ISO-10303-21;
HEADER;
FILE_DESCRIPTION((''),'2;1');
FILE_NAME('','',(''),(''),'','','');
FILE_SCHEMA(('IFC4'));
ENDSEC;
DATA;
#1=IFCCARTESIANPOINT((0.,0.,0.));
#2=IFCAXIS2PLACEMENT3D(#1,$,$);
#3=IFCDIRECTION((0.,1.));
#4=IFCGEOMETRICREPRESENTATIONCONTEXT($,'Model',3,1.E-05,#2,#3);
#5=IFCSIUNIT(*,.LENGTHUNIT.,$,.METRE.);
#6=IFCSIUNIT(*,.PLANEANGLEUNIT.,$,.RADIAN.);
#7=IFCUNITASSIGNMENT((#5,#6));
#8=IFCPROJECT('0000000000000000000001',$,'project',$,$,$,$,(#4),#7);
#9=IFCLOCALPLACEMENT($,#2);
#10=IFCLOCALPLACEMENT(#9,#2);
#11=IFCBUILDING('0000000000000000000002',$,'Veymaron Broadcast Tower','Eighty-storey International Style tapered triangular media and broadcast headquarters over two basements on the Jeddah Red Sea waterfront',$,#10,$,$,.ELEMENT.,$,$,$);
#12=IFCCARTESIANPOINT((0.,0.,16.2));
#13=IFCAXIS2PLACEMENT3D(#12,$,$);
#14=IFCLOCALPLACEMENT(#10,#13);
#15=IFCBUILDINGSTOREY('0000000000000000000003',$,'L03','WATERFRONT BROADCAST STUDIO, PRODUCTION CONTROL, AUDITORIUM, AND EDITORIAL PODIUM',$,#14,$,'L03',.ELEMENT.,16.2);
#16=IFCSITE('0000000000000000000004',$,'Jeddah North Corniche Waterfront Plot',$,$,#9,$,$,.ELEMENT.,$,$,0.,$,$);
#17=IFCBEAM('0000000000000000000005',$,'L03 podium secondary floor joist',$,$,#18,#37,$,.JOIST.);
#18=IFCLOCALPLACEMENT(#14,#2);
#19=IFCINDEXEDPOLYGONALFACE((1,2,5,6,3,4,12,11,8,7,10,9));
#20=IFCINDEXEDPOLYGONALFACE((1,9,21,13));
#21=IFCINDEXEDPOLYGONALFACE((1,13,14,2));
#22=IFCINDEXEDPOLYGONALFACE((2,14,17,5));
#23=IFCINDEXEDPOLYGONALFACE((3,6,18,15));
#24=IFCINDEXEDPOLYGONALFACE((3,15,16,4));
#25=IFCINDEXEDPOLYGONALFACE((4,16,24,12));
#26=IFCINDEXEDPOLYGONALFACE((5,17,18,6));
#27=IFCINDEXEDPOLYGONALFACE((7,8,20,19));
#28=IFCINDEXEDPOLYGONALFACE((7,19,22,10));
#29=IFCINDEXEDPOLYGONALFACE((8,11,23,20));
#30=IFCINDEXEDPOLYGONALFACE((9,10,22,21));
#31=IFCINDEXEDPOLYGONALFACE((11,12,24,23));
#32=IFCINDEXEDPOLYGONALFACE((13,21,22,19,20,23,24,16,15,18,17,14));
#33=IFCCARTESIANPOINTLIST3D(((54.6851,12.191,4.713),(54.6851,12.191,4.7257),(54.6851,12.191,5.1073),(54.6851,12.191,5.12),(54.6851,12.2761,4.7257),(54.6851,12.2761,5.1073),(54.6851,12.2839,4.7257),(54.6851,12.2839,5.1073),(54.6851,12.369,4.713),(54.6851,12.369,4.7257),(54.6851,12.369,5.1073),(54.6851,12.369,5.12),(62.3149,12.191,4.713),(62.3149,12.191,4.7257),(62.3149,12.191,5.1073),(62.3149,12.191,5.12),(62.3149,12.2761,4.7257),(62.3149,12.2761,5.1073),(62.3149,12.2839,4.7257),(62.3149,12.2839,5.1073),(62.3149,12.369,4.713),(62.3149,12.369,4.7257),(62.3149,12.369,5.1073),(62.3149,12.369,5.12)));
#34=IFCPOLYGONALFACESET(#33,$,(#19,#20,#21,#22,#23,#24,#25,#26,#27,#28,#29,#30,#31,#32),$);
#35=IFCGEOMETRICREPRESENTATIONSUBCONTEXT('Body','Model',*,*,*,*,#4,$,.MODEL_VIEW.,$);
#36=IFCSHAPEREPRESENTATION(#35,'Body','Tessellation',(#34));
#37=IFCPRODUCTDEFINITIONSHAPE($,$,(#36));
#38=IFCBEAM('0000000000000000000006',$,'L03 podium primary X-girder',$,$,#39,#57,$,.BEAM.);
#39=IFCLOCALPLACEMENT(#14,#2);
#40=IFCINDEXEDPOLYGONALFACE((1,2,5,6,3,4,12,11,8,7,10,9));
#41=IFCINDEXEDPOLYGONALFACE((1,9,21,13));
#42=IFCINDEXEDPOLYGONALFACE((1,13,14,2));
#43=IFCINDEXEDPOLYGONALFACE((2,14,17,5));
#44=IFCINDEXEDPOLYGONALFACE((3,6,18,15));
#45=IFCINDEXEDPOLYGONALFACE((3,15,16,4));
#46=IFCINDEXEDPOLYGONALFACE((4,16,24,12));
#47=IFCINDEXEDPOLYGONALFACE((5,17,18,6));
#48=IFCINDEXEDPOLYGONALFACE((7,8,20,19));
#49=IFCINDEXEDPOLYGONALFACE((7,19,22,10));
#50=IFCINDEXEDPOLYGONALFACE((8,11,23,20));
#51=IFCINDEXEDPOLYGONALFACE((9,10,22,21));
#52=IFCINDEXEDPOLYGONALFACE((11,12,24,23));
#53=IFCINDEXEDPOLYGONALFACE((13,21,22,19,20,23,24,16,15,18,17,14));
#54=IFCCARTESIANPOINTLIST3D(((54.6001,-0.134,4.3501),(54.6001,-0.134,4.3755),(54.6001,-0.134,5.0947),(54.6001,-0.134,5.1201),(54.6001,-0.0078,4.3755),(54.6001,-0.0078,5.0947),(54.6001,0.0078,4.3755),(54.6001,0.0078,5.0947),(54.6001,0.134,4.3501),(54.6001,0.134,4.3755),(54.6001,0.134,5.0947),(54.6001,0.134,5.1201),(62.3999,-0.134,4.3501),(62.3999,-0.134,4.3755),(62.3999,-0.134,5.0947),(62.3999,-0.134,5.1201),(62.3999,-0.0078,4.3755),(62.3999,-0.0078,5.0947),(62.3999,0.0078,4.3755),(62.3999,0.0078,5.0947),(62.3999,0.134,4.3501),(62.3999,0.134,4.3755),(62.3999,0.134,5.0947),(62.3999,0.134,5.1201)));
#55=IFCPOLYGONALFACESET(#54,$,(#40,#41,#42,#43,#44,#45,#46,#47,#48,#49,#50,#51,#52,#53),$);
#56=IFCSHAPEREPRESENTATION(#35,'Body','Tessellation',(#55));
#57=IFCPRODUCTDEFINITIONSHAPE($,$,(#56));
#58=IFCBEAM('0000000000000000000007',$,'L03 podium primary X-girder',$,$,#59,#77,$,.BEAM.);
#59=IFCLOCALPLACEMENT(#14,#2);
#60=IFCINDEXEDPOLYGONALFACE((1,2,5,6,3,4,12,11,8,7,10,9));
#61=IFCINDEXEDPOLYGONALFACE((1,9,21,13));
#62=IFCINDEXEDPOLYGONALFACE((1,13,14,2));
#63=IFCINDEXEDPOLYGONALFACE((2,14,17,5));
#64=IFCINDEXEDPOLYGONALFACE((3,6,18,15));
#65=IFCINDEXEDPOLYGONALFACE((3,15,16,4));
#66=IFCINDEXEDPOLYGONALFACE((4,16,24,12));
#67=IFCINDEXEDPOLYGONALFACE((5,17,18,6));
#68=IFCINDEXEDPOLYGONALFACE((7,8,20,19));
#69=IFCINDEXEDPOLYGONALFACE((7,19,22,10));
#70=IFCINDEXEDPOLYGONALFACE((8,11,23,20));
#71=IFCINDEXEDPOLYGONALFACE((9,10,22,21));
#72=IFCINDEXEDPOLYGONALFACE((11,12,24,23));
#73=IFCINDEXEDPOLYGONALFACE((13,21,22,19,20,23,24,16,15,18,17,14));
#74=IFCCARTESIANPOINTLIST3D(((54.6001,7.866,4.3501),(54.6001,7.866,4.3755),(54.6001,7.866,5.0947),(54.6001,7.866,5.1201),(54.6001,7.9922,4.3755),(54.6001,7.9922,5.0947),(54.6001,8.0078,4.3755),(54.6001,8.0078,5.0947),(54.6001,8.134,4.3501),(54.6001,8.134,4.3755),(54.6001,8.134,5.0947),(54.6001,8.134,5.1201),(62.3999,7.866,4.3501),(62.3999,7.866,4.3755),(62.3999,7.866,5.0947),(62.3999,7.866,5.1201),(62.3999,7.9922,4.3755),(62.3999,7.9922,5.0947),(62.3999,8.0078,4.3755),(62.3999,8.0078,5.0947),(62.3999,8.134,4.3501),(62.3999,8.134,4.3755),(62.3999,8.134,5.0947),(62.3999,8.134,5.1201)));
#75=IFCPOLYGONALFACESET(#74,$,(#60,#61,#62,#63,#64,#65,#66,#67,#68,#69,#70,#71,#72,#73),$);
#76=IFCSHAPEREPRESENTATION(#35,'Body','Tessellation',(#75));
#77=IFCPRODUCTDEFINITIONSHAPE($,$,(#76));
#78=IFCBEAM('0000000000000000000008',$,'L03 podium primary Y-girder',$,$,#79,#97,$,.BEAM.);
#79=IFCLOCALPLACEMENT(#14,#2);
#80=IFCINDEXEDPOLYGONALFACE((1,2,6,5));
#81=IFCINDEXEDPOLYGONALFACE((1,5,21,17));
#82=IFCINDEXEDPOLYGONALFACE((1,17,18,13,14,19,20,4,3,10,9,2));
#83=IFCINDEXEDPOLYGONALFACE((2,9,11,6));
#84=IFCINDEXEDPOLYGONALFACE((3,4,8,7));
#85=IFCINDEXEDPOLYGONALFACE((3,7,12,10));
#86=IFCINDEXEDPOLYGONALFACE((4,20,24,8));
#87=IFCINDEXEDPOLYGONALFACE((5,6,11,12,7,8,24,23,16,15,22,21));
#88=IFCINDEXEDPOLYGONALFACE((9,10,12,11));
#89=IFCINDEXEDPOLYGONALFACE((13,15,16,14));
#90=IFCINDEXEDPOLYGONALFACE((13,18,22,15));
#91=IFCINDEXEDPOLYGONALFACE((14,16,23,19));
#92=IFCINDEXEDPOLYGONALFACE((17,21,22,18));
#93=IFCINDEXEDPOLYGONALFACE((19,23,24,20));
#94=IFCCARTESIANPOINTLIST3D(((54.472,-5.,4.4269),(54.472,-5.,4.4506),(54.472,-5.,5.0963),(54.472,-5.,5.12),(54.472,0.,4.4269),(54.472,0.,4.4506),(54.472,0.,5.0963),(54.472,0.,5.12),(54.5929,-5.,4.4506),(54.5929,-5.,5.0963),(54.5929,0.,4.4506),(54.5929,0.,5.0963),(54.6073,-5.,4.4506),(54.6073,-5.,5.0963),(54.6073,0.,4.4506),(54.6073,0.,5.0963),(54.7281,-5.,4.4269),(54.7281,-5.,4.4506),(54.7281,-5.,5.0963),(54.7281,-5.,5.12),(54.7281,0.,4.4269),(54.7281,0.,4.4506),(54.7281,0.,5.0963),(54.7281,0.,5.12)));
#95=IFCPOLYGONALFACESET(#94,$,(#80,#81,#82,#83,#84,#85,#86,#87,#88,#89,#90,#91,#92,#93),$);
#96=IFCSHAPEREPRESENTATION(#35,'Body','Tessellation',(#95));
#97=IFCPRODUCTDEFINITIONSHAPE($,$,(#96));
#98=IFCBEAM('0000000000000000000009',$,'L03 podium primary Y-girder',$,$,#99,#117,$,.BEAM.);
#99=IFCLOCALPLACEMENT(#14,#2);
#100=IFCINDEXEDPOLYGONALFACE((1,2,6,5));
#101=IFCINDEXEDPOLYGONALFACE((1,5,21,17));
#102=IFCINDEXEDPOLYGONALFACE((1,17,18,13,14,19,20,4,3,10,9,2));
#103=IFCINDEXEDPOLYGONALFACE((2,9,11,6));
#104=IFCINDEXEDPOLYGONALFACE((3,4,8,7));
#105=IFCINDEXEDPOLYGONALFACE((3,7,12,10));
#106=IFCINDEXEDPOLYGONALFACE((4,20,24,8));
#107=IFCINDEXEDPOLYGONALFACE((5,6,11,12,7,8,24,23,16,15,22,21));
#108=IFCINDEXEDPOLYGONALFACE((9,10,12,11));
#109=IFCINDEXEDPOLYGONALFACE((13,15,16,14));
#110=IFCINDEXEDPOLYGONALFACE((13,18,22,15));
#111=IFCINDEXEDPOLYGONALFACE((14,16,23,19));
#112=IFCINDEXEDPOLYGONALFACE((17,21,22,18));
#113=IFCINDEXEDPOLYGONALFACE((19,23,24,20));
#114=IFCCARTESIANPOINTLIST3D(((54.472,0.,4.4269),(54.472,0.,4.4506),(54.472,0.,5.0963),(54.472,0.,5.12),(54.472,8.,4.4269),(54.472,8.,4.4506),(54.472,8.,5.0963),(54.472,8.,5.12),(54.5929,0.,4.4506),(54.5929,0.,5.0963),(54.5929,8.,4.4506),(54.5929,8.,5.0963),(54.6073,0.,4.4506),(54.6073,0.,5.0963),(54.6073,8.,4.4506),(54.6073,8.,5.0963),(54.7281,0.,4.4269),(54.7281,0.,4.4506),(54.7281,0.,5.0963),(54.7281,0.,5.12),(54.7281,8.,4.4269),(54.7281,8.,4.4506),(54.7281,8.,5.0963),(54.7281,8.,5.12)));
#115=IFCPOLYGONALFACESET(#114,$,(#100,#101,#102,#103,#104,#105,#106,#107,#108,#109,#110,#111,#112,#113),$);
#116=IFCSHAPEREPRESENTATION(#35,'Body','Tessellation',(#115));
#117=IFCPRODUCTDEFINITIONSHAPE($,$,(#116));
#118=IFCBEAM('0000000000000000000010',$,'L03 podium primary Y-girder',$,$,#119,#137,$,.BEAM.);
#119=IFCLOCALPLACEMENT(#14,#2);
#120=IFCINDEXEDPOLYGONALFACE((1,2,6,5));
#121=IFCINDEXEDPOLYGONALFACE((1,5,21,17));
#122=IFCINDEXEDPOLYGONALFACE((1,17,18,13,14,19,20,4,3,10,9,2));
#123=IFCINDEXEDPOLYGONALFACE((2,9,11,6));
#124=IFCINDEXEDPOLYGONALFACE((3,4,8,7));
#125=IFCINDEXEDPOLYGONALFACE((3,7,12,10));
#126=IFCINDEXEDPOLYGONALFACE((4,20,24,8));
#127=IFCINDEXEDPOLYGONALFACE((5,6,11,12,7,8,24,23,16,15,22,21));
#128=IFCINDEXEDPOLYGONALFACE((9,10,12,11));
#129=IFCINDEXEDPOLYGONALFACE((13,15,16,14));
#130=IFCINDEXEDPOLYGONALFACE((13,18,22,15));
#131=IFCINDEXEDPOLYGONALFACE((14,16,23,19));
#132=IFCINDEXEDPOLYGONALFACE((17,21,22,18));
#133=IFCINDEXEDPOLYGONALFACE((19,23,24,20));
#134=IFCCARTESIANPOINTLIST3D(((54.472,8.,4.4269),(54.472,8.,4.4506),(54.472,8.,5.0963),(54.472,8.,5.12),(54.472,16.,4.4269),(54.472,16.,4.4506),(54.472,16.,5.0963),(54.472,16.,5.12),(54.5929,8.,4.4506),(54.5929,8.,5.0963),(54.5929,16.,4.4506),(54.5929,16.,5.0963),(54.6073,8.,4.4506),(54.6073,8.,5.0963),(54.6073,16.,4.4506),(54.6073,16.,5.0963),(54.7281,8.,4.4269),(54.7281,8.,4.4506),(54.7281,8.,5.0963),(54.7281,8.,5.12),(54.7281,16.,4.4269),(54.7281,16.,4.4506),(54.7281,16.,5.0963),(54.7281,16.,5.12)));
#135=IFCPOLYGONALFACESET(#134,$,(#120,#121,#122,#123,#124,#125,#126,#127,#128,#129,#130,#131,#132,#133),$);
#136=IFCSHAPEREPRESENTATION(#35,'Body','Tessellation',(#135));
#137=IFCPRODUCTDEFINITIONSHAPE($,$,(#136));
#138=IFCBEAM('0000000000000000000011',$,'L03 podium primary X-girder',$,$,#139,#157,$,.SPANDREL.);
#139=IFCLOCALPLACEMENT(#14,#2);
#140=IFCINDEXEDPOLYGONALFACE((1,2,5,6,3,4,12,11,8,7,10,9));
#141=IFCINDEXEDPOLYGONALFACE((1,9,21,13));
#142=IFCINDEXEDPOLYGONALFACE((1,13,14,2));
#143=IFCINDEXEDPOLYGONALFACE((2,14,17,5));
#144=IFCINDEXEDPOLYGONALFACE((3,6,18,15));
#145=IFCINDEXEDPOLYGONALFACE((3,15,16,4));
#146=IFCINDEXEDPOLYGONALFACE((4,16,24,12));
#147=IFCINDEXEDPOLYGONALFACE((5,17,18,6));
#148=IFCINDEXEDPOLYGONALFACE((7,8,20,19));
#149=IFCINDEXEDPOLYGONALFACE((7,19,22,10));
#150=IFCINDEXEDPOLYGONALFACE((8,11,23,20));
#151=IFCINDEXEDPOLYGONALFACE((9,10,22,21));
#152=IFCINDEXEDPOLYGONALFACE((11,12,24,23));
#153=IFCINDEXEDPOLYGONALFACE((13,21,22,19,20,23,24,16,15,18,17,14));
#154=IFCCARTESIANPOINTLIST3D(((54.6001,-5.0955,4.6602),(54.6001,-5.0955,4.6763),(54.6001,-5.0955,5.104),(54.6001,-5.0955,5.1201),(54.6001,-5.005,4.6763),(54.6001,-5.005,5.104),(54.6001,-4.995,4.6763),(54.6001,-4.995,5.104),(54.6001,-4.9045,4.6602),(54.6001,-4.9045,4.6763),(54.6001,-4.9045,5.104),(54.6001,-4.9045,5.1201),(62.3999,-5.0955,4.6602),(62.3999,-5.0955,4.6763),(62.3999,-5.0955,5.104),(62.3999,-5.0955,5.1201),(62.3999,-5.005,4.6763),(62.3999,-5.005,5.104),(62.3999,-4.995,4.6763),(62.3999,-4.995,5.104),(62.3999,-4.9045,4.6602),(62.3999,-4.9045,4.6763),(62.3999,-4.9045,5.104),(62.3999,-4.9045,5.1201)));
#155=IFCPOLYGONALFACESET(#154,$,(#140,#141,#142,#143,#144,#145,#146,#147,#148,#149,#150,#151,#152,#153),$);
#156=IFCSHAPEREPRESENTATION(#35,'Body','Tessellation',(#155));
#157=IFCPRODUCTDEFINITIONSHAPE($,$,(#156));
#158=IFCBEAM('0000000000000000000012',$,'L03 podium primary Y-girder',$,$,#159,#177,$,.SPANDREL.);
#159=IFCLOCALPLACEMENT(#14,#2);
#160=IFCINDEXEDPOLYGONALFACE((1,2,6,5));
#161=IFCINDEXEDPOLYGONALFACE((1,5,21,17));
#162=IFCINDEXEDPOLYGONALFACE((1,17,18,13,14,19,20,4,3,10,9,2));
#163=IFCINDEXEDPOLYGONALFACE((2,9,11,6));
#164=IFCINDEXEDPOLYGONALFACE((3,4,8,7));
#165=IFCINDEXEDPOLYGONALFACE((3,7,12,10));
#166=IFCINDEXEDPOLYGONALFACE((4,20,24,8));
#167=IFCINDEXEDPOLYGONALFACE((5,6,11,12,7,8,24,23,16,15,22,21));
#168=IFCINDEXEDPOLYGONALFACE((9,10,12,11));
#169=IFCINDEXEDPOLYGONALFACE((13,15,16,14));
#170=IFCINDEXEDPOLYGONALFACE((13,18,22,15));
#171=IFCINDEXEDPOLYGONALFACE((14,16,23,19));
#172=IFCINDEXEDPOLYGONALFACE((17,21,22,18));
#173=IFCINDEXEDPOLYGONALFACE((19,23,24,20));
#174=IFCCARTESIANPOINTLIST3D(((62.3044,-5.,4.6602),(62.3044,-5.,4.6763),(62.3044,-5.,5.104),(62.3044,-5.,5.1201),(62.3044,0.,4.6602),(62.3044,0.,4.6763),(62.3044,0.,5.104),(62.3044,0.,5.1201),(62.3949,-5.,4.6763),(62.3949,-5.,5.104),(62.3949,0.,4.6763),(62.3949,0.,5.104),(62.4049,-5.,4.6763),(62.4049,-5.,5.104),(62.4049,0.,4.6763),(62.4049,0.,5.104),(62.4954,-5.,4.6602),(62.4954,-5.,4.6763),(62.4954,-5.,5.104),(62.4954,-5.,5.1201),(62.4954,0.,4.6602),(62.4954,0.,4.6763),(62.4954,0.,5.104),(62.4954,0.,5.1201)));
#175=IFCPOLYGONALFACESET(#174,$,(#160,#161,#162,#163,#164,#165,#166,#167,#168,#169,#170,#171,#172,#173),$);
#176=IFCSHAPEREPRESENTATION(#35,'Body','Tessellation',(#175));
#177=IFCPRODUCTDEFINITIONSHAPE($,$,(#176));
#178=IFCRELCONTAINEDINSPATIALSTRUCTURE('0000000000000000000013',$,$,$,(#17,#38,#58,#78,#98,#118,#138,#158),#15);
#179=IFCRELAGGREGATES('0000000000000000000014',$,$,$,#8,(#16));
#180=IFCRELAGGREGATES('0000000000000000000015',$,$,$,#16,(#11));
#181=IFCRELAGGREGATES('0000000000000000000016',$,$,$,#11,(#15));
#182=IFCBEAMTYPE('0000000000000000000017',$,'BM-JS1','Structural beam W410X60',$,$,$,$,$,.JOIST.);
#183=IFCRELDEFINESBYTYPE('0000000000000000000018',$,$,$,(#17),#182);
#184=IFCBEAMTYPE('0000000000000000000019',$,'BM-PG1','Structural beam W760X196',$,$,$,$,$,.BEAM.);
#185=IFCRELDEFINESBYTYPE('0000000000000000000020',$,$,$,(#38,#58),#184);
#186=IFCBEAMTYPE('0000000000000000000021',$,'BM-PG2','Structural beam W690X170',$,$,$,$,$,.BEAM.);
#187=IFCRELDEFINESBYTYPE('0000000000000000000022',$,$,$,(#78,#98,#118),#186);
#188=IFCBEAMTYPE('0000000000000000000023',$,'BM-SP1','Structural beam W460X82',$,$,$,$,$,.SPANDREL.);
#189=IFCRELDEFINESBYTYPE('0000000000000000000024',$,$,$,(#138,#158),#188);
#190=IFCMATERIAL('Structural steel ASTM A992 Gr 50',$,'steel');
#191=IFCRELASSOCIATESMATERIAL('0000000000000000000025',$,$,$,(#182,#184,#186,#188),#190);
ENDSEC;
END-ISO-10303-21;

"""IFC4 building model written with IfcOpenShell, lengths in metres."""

from ifc_helpers import new_model, si_unit, direction, frame, origin, origin_2d, place, context, subcontext, project, spatial, i_section, extrude, material, material_profile, profile_set, type_object, element, save


model = new_model("IFC4")

# Units and contexts
model_context = context("Model", 3, precision=1e-05, world=origin(), true_north=direction((0.0, 1.0)))
body_context = subcontext(model_context, "Body", "Model", "MODEL_VIEW")
ifc_project = project(units=[si_unit("LENGTHUNIT", "METRE"), si_unit("PLANEANGLEUNIT", "RADIAN")], contexts=[model_context])

# Site, building, storey
site_placement = place(None, origin())
site = spatial("IfcSite", under=ifc_project, at=site_placement, Name="Jeddah North Corniche Waterfront Plot", CompositionType="ELEMENT", RefElevation=0.0)
building_placement = place(site_placement, origin())
building = spatial("IfcBuilding", under=site, at=building_placement, Name="Veymaron Broadcast Tower", Description="Eighty-storey International Style tapered triangular media and broadcast headquarters over two basements on the Jeddah Red Sea waterfront", CompositionType="ELEMENT")
storey_placement = place(building_placement, frame((0.0, 0.0, 16.2)))
storey = spatial("IfcBuildingStorey", under=building, at=storey_placement, Name="L03", Description="WATERFRONT BROADCAST STUDIO, PRODUCTION CONTROL, AUDITORIUM, AND EDITORIAL PODIUM", LongName="L03", CompositionType="ELEMENT", Elevation=16.2)

# Beams
ifc_material_1 = material(Name="Structural steel ASTM A992 Gr 50", Category="steel")
ifc_material_profile_1 = material_profile(ifc_material_1, i_section(OverallWidth=0.178, OverallDepth=0.407, WebThickness=0.0078, FlangeThickness=0.0127, at=origin_2d()), Name="W410X60")
ifc_profile_set_1 = profile_set([ifc_material_profile_1], Name="Structural steel ASTM A992 Gr 50")
beam_type_1 = type_object("IfcBeamType", Name="BM-JS1", Description="Structural beam W410X60", PredefinedType="JOIST", material=ifc_profile_set_1)
for number, where, z_axis, x_axis, name in (
    (1, (54.6851, 12.28, 4.9165), (1.0, 0.0, 0.0), (0.0, 1.0, 0.0), "L03 podium secondary floor joist"),
):
    element("IfcBeam", number, at=place(storey_placement, frame(where, z_axis=z_axis, x_axis=x_axis)), inside=storey, type_object=beam_type_1, Name=name, PredefinedType="JOIST", context=body_context, shape_type="SweptSolid", body=[
        extrude(i_section(OverallWidth=0.178, OverallDepth=0.407, WebThickness=0.0078, FlangeThickness=0.0127, at=origin_2d()), origin(), (0.0, 0.0, 1.0), 7.6299),
    ])
ifc_material_profile_2 = material_profile(ifc_material_1, i_section(OverallWidth=0.2681, OverallDepth=0.77, WebThickness=0.0156, FlangeThickness=0.0254, at=origin_2d()), Name="W760X196")
ifc_profile_set_2 = profile_set([ifc_material_profile_2], Name="Structural steel ASTM A992 Gr 50")
beam_type_2 = type_object("IfcBeamType", Name="BM-PG1", Description="Structural beam W760X196", PredefinedType="BEAM", material=ifc_profile_set_2)
for number, where, z_axis, x_axis, name in (
    (2, (54.6001, 0.0, 4.7351), (1.0, 0.0, 0.0), (0.0, 1.0, 0.0), "L03 podium primary X-girder"),
    (3, (54.6001, 8.0, 4.7351), (1.0, 0.0, 0.0), (0.0, 1.0, 0.0), "L03 podium primary X-girder"),
):
    element("IfcBeam", number, at=place(storey_placement, frame(where, z_axis=z_axis, x_axis=x_axis)), inside=storey, type_object=beam_type_2, Name=name, PredefinedType="BEAM", context=body_context, shape_type="SweptSolid", body=[
        extrude(i_section(OverallWidth=0.2681, OverallDepth=0.77, WebThickness=0.0156, FlangeThickness=0.0254, at=origin_2d()), origin(), (0.0, 0.0, 1.0), 7.7998),
    ])
ifc_material_profile_3 = material_profile(ifc_material_1, i_section(OverallWidth=0.2561, OverallDepth=0.6931, WebThickness=0.0144, FlangeThickness=0.0237, at=origin_2d()), Name="W690X170")
ifc_profile_set_3 = profile_set([ifc_material_profile_3], Name="Structural steel ASTM A992 Gr 50")
beam_type_3 = type_object("IfcBeamType", Name="BM-PG2", Description="Structural beam W690X170", PredefinedType="BEAM", material=ifc_profile_set_3)
beam_1_placement = place(storey_placement, frame((54.6001, -5.0, 4.7734), z_axis=(0.0, 1.0, 0.0), x_axis=(-1.0, 0.0, 0.0)))
element("IfcBeam", 4, at=beam_1_placement, inside=storey, type_object=beam_type_3, Name="L03 podium primary Y-girder", PredefinedType="BEAM", context=body_context, shape_type="SweptSolid", body=[
    extrude(i_section(OverallWidth=0.2561, OverallDepth=0.6931, WebThickness=0.0144, FlangeThickness=0.0237, at=origin_2d()), origin(), (0.0, 0.0, 1.0), 5.0),
])
for number, where, z_axis, x_axis, name in (
    (5, (54.6001, 0.0, 4.7734), (0.0, 1.0, 0.0), (-1.0, 0.0, 0.0), "L03 podium primary Y-girder"),
    (6, (54.6001, 8.0, 4.7734), (0.0, 1.0, 0.0), (-1.0, 0.0, 0.0), "L03 podium primary Y-girder"),
):
    element("IfcBeam", number, at=place(storey_placement, frame(where, z_axis=z_axis, x_axis=x_axis)), inside=storey, type_object=beam_type_3, Name=name, PredefinedType="BEAM", context=body_context, shape_type="SweptSolid", body=[
        extrude(i_section(OverallWidth=0.2561, OverallDepth=0.6931, WebThickness=0.0144, FlangeThickness=0.0237, at=origin_2d()), origin(), (0.0, 0.0, 1.0), 8.0),
    ])
ifc_material_profile_4 = material_profile(ifc_material_1, i_section(OverallWidth=0.1909, OverallDepth=0.46, WebThickness=0.01, FlangeThickness=0.0161, at=origin_2d()), Name="W460X82")
ifc_profile_set_4 = profile_set([ifc_material_profile_4], Name="Structural steel ASTM A992 Gr 50")
beam_type_4 = type_object("IfcBeamType", Name="BM-SP1", Description="Structural beam W460X82", PredefinedType="SPANDREL", material=ifc_profile_set_4)
beam_2_placement = place(storey_placement, frame((54.6001, -5.0, 4.8901), z_axis=(1.0, 0.0, 0.0), x_axis=(0.0, 1.0, 0.0)))
element("IfcBeam", 7, at=beam_2_placement, inside=storey, type_object=beam_type_4, Name="L03 podium primary X-girder", PredefinedType="SPANDREL", context=body_context, shape_type="SweptSolid", body=[
    extrude(i_section(OverallWidth=0.1909, OverallDepth=0.46, WebThickness=0.01, FlangeThickness=0.0161, at=origin_2d()), origin(), (0.0, 0.0, 1.0), 7.7998),
])
beam_3_placement = place(storey_placement, frame((62.3999, -5.0, 4.8901), z_axis=(0.0, 1.0, 0.0), x_axis=(-1.0, 0.0, 0.0)))
element("IfcBeam", 8, at=beam_3_placement, inside=storey, type_object=beam_type_4, Name="L03 podium primary Y-girder", PredefinedType="SPANDREL", context=body_context, shape_type="SweptSolid", body=[
    extrude(i_section(OverallWidth=0.1909, OverallDepth=0.46, WebThickness=0.01, FlangeThickness=0.0161, at=origin_2d()), origin(), (0.0, 0.0, 1.0), 5.0),
])

save(model, "model.ifc")
